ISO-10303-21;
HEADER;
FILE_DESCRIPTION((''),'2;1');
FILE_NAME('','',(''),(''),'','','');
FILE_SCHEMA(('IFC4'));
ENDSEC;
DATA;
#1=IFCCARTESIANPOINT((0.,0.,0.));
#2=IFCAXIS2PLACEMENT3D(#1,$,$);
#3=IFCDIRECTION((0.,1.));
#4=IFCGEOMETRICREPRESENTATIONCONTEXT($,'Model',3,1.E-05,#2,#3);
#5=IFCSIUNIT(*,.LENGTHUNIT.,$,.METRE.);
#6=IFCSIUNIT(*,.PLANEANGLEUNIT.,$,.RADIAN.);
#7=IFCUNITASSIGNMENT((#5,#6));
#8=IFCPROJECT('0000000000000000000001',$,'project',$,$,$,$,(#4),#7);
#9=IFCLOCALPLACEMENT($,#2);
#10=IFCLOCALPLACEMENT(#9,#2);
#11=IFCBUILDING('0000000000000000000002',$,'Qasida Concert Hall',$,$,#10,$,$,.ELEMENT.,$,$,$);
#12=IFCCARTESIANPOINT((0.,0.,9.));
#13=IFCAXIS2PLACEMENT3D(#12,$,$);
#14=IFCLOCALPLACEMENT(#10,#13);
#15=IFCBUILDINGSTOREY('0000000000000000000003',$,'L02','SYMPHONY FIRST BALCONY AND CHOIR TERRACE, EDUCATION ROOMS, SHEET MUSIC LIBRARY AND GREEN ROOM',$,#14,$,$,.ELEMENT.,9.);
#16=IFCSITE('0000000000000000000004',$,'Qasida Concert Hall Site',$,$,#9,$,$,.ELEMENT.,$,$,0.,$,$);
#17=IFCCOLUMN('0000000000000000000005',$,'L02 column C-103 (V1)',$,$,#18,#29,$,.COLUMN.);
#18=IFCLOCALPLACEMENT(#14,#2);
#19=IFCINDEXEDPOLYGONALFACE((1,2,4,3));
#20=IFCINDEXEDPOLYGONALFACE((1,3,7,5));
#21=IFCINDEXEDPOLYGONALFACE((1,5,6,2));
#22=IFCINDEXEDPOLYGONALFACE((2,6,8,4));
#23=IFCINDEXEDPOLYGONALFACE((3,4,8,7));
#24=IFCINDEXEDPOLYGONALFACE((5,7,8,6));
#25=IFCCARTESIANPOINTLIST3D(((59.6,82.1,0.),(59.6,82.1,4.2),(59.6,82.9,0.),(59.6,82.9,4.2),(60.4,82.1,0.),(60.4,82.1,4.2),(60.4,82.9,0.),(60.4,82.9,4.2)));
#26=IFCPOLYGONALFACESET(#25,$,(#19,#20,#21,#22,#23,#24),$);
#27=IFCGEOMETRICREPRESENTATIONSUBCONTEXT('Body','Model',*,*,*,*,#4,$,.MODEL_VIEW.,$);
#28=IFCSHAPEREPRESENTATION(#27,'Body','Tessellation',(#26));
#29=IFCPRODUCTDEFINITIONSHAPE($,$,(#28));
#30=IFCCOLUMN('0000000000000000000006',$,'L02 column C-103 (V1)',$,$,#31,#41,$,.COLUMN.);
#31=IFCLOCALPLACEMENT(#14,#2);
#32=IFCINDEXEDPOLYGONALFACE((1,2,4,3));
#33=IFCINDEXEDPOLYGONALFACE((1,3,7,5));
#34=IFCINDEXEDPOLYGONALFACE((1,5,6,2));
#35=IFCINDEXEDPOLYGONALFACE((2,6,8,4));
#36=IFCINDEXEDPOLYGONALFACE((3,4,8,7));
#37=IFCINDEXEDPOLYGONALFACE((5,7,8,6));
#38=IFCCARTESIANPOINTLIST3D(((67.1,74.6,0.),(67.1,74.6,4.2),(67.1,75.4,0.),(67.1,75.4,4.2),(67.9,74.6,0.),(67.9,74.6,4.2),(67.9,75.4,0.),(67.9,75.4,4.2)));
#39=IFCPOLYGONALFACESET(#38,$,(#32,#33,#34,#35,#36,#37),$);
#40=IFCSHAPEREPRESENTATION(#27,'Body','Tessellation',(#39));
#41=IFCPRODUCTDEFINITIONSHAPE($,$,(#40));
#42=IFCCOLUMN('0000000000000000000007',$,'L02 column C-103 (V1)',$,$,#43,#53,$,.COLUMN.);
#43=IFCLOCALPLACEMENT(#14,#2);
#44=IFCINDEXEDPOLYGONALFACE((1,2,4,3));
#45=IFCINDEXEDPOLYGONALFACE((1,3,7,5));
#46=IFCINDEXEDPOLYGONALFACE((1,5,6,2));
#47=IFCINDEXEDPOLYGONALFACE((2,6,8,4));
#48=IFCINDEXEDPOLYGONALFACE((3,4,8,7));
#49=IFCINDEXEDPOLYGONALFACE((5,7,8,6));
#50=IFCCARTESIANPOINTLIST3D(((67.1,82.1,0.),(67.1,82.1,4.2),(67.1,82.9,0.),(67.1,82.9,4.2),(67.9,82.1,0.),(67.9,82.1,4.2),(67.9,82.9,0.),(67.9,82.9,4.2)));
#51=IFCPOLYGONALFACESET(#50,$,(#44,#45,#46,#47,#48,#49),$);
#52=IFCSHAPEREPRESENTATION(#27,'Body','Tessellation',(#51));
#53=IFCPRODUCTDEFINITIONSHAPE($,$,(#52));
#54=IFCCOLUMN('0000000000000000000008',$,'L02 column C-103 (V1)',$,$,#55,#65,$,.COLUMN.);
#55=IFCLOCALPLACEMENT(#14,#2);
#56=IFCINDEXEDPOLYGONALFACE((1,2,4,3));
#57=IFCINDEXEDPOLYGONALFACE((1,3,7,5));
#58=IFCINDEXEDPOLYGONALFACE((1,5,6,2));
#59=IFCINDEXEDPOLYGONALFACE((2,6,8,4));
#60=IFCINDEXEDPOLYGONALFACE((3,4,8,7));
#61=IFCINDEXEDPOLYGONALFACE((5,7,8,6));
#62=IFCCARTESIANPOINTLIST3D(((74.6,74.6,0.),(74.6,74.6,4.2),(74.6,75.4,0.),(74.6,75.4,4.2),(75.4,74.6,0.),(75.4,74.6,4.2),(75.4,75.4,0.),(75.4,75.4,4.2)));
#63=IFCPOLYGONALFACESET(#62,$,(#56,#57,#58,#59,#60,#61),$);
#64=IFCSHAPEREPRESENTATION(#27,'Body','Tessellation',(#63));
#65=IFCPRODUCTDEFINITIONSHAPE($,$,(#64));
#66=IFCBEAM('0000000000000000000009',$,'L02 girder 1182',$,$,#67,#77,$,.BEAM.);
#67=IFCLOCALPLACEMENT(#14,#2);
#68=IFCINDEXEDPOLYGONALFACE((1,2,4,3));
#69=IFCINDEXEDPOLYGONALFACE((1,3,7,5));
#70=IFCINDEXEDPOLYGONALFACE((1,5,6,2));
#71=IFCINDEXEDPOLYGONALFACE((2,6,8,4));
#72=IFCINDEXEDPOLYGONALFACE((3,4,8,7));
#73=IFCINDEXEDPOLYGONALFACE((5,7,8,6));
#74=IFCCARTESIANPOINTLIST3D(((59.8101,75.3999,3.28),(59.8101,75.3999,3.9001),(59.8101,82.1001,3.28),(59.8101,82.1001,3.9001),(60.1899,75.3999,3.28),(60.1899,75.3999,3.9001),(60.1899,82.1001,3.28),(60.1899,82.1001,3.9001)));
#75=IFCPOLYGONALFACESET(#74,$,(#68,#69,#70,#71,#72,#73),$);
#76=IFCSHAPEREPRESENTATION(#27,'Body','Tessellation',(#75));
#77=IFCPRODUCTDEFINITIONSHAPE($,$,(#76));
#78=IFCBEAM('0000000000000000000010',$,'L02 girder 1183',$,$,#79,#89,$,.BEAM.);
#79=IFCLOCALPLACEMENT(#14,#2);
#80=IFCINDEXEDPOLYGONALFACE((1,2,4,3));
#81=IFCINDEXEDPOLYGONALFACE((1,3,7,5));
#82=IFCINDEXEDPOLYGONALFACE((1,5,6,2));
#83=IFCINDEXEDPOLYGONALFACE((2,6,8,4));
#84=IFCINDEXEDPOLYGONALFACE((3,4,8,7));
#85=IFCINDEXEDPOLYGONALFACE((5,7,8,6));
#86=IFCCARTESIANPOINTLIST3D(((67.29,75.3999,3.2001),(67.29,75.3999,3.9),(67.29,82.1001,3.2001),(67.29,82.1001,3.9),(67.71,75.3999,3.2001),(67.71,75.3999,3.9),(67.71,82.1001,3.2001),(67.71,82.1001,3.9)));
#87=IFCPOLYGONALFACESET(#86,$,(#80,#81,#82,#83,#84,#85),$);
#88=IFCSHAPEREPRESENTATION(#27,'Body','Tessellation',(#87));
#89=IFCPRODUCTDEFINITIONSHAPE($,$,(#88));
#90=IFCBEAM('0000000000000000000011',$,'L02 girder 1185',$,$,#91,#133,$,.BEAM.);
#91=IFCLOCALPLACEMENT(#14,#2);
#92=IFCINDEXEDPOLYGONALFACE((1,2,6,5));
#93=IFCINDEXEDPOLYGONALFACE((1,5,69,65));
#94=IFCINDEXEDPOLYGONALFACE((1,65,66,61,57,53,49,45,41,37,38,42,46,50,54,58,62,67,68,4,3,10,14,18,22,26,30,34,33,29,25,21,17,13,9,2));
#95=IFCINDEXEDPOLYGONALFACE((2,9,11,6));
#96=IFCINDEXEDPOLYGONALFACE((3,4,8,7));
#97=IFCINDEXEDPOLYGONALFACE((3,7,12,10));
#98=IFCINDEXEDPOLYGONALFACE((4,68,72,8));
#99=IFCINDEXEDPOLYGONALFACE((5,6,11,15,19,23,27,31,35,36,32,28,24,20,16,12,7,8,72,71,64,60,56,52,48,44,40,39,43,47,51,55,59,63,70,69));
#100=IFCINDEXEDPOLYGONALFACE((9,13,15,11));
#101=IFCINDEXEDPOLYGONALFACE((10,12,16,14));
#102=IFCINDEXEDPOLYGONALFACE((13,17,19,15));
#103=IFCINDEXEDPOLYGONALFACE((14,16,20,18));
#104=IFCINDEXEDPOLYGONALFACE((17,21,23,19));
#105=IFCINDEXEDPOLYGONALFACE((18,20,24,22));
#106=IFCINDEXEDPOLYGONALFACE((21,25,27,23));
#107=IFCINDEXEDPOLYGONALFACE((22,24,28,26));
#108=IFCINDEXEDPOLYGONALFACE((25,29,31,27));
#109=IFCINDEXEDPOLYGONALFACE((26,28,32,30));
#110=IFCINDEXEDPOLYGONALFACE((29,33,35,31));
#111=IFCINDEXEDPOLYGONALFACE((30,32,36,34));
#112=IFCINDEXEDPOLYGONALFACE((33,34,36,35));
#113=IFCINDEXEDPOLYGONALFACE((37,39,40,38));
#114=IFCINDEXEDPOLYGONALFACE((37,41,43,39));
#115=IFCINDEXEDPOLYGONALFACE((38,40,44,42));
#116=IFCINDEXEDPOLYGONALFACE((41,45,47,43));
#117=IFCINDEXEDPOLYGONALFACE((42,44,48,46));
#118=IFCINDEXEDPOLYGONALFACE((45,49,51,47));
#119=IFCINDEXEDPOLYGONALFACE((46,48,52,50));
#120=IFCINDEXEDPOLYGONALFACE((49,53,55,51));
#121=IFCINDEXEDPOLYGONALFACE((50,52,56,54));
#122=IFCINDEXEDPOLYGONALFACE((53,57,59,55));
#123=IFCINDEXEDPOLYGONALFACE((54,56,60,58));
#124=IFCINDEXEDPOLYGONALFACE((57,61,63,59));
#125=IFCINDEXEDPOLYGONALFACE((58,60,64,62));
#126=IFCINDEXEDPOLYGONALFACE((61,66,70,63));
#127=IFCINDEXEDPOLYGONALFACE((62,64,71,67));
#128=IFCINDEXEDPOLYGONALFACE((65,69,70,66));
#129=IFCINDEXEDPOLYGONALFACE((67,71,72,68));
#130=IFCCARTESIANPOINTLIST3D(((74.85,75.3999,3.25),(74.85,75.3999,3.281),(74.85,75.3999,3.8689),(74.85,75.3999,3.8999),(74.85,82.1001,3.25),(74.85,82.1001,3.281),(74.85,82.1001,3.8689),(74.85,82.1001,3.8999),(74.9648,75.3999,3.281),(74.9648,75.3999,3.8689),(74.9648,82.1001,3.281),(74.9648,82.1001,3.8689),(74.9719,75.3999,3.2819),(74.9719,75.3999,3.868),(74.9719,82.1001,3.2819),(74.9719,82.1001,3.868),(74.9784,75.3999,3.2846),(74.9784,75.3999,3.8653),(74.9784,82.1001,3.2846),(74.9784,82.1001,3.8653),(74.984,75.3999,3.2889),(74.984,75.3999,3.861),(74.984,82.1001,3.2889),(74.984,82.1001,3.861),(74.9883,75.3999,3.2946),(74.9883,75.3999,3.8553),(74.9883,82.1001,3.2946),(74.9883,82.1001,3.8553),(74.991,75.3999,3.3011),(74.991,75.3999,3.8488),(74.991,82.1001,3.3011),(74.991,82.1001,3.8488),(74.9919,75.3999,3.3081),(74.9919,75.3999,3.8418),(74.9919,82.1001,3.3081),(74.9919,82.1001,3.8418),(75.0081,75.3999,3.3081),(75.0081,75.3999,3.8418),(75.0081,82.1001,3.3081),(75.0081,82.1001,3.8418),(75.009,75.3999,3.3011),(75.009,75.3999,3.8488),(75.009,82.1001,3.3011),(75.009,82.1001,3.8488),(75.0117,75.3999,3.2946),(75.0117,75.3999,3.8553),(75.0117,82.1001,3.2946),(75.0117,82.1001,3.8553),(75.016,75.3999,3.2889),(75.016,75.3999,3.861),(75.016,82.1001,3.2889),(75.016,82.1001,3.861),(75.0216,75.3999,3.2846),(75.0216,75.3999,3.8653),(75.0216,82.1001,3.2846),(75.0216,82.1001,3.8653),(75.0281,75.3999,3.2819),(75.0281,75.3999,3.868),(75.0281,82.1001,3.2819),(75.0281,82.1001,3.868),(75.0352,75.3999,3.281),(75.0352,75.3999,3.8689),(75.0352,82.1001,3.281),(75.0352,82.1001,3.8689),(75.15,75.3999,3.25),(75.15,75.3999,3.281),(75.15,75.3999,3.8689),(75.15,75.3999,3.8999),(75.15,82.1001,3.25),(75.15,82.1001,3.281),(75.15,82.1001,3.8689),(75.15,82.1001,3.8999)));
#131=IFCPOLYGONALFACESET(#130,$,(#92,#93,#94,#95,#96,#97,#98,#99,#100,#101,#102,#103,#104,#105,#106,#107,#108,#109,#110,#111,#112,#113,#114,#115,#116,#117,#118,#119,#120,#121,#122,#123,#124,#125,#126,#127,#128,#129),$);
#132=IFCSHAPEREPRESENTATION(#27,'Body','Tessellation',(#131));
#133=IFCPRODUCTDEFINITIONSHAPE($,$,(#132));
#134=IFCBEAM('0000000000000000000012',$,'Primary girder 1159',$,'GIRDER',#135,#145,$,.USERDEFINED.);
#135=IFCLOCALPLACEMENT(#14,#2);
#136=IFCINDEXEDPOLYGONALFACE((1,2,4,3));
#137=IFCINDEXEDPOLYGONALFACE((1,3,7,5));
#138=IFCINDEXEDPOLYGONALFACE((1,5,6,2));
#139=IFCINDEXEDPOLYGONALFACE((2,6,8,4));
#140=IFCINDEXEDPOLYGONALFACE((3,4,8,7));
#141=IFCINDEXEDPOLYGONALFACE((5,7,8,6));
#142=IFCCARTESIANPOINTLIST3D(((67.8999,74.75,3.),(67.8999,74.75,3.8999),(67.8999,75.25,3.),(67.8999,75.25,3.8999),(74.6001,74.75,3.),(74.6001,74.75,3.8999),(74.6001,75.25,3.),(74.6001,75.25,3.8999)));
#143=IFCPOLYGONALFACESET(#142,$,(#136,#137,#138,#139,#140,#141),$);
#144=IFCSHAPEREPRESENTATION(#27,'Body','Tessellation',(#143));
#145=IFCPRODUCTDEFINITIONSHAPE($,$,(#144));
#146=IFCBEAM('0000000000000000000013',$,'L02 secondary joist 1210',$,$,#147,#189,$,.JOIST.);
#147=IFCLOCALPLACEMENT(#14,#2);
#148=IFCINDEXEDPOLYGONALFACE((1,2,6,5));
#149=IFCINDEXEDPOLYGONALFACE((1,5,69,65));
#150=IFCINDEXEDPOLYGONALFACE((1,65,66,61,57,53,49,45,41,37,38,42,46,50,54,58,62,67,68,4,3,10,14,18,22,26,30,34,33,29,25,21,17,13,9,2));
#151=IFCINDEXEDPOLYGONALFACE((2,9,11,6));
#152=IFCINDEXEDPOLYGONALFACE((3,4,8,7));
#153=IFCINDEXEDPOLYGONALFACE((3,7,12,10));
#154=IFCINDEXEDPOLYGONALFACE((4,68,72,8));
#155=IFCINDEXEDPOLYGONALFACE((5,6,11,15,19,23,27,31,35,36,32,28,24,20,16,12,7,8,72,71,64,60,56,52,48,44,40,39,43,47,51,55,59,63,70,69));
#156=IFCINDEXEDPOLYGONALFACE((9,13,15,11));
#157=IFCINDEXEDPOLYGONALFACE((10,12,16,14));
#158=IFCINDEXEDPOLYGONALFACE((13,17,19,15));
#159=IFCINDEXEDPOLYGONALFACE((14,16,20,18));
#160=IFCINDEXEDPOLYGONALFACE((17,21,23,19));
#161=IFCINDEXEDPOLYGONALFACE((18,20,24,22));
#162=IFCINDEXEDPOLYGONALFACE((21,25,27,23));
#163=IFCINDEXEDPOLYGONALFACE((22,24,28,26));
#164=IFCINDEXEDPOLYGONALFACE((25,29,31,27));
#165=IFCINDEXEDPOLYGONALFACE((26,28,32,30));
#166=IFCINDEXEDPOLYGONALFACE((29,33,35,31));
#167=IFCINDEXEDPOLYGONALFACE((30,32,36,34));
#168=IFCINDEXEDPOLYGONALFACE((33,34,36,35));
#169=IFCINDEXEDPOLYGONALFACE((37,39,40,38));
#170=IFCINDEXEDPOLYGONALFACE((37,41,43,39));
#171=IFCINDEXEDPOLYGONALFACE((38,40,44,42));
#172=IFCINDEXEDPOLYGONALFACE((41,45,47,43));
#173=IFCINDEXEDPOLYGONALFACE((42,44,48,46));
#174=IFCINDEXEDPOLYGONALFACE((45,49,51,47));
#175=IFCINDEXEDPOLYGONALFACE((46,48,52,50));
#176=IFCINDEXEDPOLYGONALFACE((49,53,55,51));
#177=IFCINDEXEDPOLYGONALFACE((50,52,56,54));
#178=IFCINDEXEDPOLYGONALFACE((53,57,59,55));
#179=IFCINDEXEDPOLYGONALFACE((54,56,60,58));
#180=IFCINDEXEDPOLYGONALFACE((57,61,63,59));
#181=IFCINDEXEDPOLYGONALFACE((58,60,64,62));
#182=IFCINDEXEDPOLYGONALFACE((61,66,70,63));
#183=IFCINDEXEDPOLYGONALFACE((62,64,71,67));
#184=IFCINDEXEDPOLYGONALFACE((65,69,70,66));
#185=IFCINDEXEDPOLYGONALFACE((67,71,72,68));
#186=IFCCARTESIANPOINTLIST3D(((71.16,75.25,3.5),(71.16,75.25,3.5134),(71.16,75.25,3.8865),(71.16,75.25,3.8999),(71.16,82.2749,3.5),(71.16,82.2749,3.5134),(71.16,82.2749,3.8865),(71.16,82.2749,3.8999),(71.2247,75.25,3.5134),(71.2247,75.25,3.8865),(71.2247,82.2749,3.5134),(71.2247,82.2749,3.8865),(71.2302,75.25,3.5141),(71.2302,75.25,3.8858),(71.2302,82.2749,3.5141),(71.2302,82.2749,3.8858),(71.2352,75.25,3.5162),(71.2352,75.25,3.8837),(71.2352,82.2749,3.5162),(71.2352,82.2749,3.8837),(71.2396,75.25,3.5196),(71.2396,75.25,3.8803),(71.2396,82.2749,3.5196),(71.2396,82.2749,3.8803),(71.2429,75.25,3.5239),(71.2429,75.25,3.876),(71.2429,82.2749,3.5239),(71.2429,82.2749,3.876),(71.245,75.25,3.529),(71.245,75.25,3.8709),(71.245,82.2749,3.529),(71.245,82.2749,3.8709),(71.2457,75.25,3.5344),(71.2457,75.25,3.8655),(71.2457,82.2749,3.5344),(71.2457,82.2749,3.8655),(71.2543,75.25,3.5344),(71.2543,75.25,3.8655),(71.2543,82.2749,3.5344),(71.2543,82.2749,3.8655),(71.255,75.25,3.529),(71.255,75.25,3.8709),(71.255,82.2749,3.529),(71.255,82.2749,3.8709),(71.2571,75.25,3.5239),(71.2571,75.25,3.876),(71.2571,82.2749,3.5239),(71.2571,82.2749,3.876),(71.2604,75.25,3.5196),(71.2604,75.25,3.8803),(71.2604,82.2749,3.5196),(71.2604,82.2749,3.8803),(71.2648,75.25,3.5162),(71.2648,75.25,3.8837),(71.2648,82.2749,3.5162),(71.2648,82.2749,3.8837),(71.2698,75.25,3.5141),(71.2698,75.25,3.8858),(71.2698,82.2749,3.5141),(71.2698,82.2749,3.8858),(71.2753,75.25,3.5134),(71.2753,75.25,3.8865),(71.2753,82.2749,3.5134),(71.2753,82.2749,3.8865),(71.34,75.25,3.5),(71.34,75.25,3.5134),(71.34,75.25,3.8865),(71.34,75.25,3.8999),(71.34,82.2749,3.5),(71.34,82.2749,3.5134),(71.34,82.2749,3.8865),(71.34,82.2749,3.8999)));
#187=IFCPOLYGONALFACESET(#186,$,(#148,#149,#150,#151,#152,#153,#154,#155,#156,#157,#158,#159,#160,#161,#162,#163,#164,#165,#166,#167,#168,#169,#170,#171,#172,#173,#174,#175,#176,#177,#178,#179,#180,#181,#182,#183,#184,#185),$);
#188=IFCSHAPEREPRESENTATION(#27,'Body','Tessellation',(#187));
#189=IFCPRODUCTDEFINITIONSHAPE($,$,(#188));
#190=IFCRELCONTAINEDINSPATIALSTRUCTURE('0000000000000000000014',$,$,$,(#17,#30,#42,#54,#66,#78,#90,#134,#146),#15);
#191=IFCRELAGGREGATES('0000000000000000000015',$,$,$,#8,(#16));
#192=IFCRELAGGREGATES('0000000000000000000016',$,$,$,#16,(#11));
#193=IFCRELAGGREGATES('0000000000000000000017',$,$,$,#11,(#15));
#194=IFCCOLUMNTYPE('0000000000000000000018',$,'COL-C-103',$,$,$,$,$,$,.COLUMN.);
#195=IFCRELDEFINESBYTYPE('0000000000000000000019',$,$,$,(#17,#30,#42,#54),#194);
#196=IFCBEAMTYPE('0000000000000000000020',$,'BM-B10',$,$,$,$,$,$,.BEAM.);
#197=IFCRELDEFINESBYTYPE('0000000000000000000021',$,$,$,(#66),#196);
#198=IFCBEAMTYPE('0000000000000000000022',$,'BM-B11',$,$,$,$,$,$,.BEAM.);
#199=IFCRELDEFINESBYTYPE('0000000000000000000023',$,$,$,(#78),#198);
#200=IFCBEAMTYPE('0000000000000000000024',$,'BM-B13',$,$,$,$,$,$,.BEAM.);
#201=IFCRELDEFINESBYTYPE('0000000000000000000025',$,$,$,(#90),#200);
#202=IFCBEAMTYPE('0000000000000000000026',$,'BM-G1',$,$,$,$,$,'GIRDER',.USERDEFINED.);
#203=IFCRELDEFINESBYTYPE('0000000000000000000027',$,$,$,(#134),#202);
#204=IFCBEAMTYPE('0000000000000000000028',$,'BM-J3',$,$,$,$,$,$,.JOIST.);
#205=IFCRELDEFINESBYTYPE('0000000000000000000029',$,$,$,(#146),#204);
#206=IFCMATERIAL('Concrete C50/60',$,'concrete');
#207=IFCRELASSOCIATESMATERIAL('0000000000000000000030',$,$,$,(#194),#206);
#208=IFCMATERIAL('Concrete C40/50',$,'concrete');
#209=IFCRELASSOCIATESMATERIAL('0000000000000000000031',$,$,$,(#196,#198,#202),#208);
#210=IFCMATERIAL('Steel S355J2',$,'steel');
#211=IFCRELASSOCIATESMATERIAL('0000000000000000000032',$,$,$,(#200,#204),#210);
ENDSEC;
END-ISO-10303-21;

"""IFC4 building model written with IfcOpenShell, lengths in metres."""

from ifc_helpers import new_model, si_unit, direction, frame, origin, origin_2d, place, context, subcontext, project, spatial, rectangle, i_section, extrude, material, material_profile, profile_set, type_object, element, save


model = new_model("IFC4")

# Units and contexts
model_context = context("Model", 3, precision=1e-05, world=origin(), true_north=direction((0.0, 1.0)))
body_context = subcontext(model_context, "Body", "Model", "MODEL_VIEW")
ifc_project = project(units=[si_unit("LENGTHUNIT", "METRE"), si_unit("PLANEANGLEUNIT", "RADIAN")], contexts=[model_context])

# Site, building, storey
site_placement = place(None, origin())
site = spatial("IfcSite", under=ifc_project, at=site_placement, Name="Qasida Concert Hall Site", CompositionType="ELEMENT", RefElevation=0.0)
building_placement = place(site_placement, origin())
building = spatial("IfcBuilding", under=site, at=building_placement, Name="Qasida Concert Hall", CompositionType="ELEMENT")
storey_placement = place(building_placement, frame((0.0, 0.0, 9.0)))
storey = spatial("IfcBuildingStorey", under=building, at=storey_placement, Name="L02", Description="SYMPHONY FIRST BALCONY AND CHOIR TERRACE, EDUCATION ROOMS, SHEET MUSIC LIBRARY AND GREEN ROOM", CompositionType="ELEMENT", Elevation=9.0)

# Columns
ifc_material_1 = material(Name="Concrete C50/60", Category="concrete")
ifc_material_profile_1 = material_profile(ifc_material_1, rectangle(XDim=0.8, YDim=0.8, at=origin_2d()), Name="RC 800x800")
ifc_profile_set_1 = profile_set([ifc_material_profile_1], Name="Concrete C50/60")
column_type = type_object("IfcColumnType", Name="COL-C-103", PredefinedType="COLUMN", material=ifc_profile_set_1)
for number, where, z_axis, x_axis, name in (
    (1, (60.0, 82.5, 0.0), (0.0, 0.0, 1.0), (1.0, 0.0, 0.0), "L02 column C-103 (V1)"),
    (2, (67.5, 75.0, 0.0), (0.0, 0.0, 1.0), (1.0, 0.0, 0.0), "L02 column C-103 (V1)"),
    (3, (67.5, 82.5, 0.0), (0.0, 0.0, 1.0), (1.0, 0.0, 0.0), "L02 column C-103 (V1)"),
    (4, (75.0, 75.0, 0.0), (0.0, 0.0, 1.0), (1.0, 0.0, 0.0), "L02 column C-103 (V1)"),
):
    element("IfcColumn", number, at=place(storey_placement, frame(where, z_axis=z_axis, x_axis=x_axis)), inside=storey, type_object=column_type, Name=name, PredefinedType="COLUMN", context=body_context, shape_type="SweptSolid", body=[
        extrude(rectangle(XDim=0.8, YDim=0.8, at=origin_2d()), origin(), (0.0, 0.0, 1.0), 4.2),
    ])

# Beams
ifc_material_2 = material(Name="Concrete C40/50", Category="concrete")
ifc_material_profile_2 = material_profile(ifc_material_2, rectangle(XDim=0.3799, YDim=0.6201, at=origin_2d()), Name="RC 380x620")
ifc_profile_set_2 = profile_set([ifc_material_profile_2], Name="Concrete C40/50")
beam_type_1 = type_object("IfcBeamType", Name="BM-B10", PredefinedType="BEAM", material=ifc_profile_set_2)
beam_1_placement = place(storey_placement, frame((60.0, 75.3999, 3.5901), z_axis=(0.0, 1.0, 0.0), x_axis=(-1.0, 0.0, 0.0)))
element("IfcBeam", 5, at=beam_1_placement, inside=storey, type_object=beam_type_1, Name="L02 girder 1182", PredefinedType="BEAM", context=body_context, shape_type="SweptSolid", body=[
    extrude(rectangle(XDim=0.3799, YDim=0.6201, at=origin_2d()), origin(), (0.0, 0.0, 1.0), 6.7002),
])
ifc_material_profile_3 = material_profile(ifc_material_2, rectangle(XDim=0.4199, YDim=0.7, at=origin_2d()), Name="RC 420x700")
ifc_profile_set_3 = profile_set([ifc_material_profile_3], Name="Concrete C40/50")
beam_type_2 = type_object("IfcBeamType", Name="BM-B11", PredefinedType="BEAM", material=ifc_profile_set_3)
beam_2_placement = place(storey_placement, frame((67.5, 75.3999, 3.55), z_axis=(0.0, 1.0, 0.0), x_axis=(-1.0, 0.0, 0.0)))
element("IfcBeam", 6, at=beam_2_placement, inside=storey, type_object=beam_type_2, Name="L02 girder 1183", PredefinedType="BEAM", context=body_context, shape_type="SweptSolid", body=[
    extrude(rectangle(XDim=0.4199, YDim=0.7, at=origin_2d()), origin(), (0.0, 0.0, 1.0), 6.7002),
])
ifc_material_3 = material(Name="Steel S355J2", Category="steel")
ifc_material_profile_4 = material_profile(ifc_material_3, i_section(OverallWidth=0.3, OverallDepth=0.6499, WebThickness=0.0161, FlangeThickness=0.031, FilletRadius=0.0271, at=origin_2d()), Name="HEB 650")
ifc_profile_set_4 = profile_set([ifc_material_profile_4], Name="Steel S355J2")
beam_type_3 = type_object("IfcBeamType", Name="BM-B13", PredefinedType="BEAM", material=ifc_profile_set_4)
beam_3_placement = place(storey_placement, frame((75.0, 75.3999, 3.575), z_axis=(0.0, 1.0, 0.0), x_axis=(-1.0, 0.0, 0.0)))
element("IfcBeam", 7, at=beam_3_placement, inside=storey, type_object=beam_type_3, Name="L02 girder 1185", PredefinedType="BEAM", context=body_context, shape_type="SweptSolid", body=[
    extrude(i_section(OverallWidth=0.3, OverallDepth=0.6499, WebThickness=0.0161, FlangeThickness=0.031, FilletRadius=0.0271, at=origin_2d()), origin(), (0.0, 0.0, 1.0), 6.7002),
])
ifc_material_profile_5 = material_profile(ifc_material_2, rectangle(XDim=0.5, YDim=0.8999, at=origin_2d()), Name="RC 500x900")
ifc_profile_set_5 = profile_set([ifc_material_profile_5], Name="Concrete C40/50")
beam_type_4 = type_object("IfcBeamType", Name="BM-G1", ElementType="GIRDER", PredefinedType="USERDEFINED", material=ifc_profile_set_5)
beam_4_placement = place(storey_placement, frame((67.8999, 75.0, 3.45), z_axis=(1.0, 0.0, 0.0), x_axis=(0.0, 1.0, 0.0)))
element("IfcBeam", 8, at=beam_4_placement, inside=storey, type_object=beam_type_4, Name="Primary girder 1159", ObjectType="GIRDER", PredefinedType="USERDEFINED", context=body_context, shape_type="SweptSolid", body=[
    extrude(rectangle(XDim=0.5, YDim=0.8999, at=origin_2d()), origin(), (0.0, 0.0, 1.0), 6.7002),
])
ifc_material_profile_6 = material_profile(ifc_material_3, i_section(OverallWidth=0.1799, OverallDepth=0.3999, WebThickness=0.0085, FlangeThickness=0.0134, FilletRadius=0.021, at=origin_2d()), Name="IPE 400")
ifc_profile_set_6 = profile_set([ifc_material_profile_6], Name="Steel S355J2")
beam_type_5 = type_object("IfcBeamType", Name="BM-J3", PredefinedType="JOIST", material=ifc_profile_set_6)
beam_5_placement = place(storey_placement, frame((71.25, 75.25, 3.7), z_axis=(0.0, 1.0, 0.0), x_axis=(-1.0, 0.0, 0.0)))
element("IfcBeam", 9, at=beam_5_placement, inside=storey, type_object=beam_type_5, Name="L02 secondary joist 1210", PredefinedType="JOIST", context=body_context, shape_type="SweptSolid", body=[
    extrude(i_section(OverallWidth=0.1799, OverallDepth=0.3999, WebThickness=0.0085, FlangeThickness=0.0134, FilletRadius=0.021, at=origin_2d()), origin(), (0.0, 0.0, 1.0), 7.0249),
])

save(model, "model.ifc")
